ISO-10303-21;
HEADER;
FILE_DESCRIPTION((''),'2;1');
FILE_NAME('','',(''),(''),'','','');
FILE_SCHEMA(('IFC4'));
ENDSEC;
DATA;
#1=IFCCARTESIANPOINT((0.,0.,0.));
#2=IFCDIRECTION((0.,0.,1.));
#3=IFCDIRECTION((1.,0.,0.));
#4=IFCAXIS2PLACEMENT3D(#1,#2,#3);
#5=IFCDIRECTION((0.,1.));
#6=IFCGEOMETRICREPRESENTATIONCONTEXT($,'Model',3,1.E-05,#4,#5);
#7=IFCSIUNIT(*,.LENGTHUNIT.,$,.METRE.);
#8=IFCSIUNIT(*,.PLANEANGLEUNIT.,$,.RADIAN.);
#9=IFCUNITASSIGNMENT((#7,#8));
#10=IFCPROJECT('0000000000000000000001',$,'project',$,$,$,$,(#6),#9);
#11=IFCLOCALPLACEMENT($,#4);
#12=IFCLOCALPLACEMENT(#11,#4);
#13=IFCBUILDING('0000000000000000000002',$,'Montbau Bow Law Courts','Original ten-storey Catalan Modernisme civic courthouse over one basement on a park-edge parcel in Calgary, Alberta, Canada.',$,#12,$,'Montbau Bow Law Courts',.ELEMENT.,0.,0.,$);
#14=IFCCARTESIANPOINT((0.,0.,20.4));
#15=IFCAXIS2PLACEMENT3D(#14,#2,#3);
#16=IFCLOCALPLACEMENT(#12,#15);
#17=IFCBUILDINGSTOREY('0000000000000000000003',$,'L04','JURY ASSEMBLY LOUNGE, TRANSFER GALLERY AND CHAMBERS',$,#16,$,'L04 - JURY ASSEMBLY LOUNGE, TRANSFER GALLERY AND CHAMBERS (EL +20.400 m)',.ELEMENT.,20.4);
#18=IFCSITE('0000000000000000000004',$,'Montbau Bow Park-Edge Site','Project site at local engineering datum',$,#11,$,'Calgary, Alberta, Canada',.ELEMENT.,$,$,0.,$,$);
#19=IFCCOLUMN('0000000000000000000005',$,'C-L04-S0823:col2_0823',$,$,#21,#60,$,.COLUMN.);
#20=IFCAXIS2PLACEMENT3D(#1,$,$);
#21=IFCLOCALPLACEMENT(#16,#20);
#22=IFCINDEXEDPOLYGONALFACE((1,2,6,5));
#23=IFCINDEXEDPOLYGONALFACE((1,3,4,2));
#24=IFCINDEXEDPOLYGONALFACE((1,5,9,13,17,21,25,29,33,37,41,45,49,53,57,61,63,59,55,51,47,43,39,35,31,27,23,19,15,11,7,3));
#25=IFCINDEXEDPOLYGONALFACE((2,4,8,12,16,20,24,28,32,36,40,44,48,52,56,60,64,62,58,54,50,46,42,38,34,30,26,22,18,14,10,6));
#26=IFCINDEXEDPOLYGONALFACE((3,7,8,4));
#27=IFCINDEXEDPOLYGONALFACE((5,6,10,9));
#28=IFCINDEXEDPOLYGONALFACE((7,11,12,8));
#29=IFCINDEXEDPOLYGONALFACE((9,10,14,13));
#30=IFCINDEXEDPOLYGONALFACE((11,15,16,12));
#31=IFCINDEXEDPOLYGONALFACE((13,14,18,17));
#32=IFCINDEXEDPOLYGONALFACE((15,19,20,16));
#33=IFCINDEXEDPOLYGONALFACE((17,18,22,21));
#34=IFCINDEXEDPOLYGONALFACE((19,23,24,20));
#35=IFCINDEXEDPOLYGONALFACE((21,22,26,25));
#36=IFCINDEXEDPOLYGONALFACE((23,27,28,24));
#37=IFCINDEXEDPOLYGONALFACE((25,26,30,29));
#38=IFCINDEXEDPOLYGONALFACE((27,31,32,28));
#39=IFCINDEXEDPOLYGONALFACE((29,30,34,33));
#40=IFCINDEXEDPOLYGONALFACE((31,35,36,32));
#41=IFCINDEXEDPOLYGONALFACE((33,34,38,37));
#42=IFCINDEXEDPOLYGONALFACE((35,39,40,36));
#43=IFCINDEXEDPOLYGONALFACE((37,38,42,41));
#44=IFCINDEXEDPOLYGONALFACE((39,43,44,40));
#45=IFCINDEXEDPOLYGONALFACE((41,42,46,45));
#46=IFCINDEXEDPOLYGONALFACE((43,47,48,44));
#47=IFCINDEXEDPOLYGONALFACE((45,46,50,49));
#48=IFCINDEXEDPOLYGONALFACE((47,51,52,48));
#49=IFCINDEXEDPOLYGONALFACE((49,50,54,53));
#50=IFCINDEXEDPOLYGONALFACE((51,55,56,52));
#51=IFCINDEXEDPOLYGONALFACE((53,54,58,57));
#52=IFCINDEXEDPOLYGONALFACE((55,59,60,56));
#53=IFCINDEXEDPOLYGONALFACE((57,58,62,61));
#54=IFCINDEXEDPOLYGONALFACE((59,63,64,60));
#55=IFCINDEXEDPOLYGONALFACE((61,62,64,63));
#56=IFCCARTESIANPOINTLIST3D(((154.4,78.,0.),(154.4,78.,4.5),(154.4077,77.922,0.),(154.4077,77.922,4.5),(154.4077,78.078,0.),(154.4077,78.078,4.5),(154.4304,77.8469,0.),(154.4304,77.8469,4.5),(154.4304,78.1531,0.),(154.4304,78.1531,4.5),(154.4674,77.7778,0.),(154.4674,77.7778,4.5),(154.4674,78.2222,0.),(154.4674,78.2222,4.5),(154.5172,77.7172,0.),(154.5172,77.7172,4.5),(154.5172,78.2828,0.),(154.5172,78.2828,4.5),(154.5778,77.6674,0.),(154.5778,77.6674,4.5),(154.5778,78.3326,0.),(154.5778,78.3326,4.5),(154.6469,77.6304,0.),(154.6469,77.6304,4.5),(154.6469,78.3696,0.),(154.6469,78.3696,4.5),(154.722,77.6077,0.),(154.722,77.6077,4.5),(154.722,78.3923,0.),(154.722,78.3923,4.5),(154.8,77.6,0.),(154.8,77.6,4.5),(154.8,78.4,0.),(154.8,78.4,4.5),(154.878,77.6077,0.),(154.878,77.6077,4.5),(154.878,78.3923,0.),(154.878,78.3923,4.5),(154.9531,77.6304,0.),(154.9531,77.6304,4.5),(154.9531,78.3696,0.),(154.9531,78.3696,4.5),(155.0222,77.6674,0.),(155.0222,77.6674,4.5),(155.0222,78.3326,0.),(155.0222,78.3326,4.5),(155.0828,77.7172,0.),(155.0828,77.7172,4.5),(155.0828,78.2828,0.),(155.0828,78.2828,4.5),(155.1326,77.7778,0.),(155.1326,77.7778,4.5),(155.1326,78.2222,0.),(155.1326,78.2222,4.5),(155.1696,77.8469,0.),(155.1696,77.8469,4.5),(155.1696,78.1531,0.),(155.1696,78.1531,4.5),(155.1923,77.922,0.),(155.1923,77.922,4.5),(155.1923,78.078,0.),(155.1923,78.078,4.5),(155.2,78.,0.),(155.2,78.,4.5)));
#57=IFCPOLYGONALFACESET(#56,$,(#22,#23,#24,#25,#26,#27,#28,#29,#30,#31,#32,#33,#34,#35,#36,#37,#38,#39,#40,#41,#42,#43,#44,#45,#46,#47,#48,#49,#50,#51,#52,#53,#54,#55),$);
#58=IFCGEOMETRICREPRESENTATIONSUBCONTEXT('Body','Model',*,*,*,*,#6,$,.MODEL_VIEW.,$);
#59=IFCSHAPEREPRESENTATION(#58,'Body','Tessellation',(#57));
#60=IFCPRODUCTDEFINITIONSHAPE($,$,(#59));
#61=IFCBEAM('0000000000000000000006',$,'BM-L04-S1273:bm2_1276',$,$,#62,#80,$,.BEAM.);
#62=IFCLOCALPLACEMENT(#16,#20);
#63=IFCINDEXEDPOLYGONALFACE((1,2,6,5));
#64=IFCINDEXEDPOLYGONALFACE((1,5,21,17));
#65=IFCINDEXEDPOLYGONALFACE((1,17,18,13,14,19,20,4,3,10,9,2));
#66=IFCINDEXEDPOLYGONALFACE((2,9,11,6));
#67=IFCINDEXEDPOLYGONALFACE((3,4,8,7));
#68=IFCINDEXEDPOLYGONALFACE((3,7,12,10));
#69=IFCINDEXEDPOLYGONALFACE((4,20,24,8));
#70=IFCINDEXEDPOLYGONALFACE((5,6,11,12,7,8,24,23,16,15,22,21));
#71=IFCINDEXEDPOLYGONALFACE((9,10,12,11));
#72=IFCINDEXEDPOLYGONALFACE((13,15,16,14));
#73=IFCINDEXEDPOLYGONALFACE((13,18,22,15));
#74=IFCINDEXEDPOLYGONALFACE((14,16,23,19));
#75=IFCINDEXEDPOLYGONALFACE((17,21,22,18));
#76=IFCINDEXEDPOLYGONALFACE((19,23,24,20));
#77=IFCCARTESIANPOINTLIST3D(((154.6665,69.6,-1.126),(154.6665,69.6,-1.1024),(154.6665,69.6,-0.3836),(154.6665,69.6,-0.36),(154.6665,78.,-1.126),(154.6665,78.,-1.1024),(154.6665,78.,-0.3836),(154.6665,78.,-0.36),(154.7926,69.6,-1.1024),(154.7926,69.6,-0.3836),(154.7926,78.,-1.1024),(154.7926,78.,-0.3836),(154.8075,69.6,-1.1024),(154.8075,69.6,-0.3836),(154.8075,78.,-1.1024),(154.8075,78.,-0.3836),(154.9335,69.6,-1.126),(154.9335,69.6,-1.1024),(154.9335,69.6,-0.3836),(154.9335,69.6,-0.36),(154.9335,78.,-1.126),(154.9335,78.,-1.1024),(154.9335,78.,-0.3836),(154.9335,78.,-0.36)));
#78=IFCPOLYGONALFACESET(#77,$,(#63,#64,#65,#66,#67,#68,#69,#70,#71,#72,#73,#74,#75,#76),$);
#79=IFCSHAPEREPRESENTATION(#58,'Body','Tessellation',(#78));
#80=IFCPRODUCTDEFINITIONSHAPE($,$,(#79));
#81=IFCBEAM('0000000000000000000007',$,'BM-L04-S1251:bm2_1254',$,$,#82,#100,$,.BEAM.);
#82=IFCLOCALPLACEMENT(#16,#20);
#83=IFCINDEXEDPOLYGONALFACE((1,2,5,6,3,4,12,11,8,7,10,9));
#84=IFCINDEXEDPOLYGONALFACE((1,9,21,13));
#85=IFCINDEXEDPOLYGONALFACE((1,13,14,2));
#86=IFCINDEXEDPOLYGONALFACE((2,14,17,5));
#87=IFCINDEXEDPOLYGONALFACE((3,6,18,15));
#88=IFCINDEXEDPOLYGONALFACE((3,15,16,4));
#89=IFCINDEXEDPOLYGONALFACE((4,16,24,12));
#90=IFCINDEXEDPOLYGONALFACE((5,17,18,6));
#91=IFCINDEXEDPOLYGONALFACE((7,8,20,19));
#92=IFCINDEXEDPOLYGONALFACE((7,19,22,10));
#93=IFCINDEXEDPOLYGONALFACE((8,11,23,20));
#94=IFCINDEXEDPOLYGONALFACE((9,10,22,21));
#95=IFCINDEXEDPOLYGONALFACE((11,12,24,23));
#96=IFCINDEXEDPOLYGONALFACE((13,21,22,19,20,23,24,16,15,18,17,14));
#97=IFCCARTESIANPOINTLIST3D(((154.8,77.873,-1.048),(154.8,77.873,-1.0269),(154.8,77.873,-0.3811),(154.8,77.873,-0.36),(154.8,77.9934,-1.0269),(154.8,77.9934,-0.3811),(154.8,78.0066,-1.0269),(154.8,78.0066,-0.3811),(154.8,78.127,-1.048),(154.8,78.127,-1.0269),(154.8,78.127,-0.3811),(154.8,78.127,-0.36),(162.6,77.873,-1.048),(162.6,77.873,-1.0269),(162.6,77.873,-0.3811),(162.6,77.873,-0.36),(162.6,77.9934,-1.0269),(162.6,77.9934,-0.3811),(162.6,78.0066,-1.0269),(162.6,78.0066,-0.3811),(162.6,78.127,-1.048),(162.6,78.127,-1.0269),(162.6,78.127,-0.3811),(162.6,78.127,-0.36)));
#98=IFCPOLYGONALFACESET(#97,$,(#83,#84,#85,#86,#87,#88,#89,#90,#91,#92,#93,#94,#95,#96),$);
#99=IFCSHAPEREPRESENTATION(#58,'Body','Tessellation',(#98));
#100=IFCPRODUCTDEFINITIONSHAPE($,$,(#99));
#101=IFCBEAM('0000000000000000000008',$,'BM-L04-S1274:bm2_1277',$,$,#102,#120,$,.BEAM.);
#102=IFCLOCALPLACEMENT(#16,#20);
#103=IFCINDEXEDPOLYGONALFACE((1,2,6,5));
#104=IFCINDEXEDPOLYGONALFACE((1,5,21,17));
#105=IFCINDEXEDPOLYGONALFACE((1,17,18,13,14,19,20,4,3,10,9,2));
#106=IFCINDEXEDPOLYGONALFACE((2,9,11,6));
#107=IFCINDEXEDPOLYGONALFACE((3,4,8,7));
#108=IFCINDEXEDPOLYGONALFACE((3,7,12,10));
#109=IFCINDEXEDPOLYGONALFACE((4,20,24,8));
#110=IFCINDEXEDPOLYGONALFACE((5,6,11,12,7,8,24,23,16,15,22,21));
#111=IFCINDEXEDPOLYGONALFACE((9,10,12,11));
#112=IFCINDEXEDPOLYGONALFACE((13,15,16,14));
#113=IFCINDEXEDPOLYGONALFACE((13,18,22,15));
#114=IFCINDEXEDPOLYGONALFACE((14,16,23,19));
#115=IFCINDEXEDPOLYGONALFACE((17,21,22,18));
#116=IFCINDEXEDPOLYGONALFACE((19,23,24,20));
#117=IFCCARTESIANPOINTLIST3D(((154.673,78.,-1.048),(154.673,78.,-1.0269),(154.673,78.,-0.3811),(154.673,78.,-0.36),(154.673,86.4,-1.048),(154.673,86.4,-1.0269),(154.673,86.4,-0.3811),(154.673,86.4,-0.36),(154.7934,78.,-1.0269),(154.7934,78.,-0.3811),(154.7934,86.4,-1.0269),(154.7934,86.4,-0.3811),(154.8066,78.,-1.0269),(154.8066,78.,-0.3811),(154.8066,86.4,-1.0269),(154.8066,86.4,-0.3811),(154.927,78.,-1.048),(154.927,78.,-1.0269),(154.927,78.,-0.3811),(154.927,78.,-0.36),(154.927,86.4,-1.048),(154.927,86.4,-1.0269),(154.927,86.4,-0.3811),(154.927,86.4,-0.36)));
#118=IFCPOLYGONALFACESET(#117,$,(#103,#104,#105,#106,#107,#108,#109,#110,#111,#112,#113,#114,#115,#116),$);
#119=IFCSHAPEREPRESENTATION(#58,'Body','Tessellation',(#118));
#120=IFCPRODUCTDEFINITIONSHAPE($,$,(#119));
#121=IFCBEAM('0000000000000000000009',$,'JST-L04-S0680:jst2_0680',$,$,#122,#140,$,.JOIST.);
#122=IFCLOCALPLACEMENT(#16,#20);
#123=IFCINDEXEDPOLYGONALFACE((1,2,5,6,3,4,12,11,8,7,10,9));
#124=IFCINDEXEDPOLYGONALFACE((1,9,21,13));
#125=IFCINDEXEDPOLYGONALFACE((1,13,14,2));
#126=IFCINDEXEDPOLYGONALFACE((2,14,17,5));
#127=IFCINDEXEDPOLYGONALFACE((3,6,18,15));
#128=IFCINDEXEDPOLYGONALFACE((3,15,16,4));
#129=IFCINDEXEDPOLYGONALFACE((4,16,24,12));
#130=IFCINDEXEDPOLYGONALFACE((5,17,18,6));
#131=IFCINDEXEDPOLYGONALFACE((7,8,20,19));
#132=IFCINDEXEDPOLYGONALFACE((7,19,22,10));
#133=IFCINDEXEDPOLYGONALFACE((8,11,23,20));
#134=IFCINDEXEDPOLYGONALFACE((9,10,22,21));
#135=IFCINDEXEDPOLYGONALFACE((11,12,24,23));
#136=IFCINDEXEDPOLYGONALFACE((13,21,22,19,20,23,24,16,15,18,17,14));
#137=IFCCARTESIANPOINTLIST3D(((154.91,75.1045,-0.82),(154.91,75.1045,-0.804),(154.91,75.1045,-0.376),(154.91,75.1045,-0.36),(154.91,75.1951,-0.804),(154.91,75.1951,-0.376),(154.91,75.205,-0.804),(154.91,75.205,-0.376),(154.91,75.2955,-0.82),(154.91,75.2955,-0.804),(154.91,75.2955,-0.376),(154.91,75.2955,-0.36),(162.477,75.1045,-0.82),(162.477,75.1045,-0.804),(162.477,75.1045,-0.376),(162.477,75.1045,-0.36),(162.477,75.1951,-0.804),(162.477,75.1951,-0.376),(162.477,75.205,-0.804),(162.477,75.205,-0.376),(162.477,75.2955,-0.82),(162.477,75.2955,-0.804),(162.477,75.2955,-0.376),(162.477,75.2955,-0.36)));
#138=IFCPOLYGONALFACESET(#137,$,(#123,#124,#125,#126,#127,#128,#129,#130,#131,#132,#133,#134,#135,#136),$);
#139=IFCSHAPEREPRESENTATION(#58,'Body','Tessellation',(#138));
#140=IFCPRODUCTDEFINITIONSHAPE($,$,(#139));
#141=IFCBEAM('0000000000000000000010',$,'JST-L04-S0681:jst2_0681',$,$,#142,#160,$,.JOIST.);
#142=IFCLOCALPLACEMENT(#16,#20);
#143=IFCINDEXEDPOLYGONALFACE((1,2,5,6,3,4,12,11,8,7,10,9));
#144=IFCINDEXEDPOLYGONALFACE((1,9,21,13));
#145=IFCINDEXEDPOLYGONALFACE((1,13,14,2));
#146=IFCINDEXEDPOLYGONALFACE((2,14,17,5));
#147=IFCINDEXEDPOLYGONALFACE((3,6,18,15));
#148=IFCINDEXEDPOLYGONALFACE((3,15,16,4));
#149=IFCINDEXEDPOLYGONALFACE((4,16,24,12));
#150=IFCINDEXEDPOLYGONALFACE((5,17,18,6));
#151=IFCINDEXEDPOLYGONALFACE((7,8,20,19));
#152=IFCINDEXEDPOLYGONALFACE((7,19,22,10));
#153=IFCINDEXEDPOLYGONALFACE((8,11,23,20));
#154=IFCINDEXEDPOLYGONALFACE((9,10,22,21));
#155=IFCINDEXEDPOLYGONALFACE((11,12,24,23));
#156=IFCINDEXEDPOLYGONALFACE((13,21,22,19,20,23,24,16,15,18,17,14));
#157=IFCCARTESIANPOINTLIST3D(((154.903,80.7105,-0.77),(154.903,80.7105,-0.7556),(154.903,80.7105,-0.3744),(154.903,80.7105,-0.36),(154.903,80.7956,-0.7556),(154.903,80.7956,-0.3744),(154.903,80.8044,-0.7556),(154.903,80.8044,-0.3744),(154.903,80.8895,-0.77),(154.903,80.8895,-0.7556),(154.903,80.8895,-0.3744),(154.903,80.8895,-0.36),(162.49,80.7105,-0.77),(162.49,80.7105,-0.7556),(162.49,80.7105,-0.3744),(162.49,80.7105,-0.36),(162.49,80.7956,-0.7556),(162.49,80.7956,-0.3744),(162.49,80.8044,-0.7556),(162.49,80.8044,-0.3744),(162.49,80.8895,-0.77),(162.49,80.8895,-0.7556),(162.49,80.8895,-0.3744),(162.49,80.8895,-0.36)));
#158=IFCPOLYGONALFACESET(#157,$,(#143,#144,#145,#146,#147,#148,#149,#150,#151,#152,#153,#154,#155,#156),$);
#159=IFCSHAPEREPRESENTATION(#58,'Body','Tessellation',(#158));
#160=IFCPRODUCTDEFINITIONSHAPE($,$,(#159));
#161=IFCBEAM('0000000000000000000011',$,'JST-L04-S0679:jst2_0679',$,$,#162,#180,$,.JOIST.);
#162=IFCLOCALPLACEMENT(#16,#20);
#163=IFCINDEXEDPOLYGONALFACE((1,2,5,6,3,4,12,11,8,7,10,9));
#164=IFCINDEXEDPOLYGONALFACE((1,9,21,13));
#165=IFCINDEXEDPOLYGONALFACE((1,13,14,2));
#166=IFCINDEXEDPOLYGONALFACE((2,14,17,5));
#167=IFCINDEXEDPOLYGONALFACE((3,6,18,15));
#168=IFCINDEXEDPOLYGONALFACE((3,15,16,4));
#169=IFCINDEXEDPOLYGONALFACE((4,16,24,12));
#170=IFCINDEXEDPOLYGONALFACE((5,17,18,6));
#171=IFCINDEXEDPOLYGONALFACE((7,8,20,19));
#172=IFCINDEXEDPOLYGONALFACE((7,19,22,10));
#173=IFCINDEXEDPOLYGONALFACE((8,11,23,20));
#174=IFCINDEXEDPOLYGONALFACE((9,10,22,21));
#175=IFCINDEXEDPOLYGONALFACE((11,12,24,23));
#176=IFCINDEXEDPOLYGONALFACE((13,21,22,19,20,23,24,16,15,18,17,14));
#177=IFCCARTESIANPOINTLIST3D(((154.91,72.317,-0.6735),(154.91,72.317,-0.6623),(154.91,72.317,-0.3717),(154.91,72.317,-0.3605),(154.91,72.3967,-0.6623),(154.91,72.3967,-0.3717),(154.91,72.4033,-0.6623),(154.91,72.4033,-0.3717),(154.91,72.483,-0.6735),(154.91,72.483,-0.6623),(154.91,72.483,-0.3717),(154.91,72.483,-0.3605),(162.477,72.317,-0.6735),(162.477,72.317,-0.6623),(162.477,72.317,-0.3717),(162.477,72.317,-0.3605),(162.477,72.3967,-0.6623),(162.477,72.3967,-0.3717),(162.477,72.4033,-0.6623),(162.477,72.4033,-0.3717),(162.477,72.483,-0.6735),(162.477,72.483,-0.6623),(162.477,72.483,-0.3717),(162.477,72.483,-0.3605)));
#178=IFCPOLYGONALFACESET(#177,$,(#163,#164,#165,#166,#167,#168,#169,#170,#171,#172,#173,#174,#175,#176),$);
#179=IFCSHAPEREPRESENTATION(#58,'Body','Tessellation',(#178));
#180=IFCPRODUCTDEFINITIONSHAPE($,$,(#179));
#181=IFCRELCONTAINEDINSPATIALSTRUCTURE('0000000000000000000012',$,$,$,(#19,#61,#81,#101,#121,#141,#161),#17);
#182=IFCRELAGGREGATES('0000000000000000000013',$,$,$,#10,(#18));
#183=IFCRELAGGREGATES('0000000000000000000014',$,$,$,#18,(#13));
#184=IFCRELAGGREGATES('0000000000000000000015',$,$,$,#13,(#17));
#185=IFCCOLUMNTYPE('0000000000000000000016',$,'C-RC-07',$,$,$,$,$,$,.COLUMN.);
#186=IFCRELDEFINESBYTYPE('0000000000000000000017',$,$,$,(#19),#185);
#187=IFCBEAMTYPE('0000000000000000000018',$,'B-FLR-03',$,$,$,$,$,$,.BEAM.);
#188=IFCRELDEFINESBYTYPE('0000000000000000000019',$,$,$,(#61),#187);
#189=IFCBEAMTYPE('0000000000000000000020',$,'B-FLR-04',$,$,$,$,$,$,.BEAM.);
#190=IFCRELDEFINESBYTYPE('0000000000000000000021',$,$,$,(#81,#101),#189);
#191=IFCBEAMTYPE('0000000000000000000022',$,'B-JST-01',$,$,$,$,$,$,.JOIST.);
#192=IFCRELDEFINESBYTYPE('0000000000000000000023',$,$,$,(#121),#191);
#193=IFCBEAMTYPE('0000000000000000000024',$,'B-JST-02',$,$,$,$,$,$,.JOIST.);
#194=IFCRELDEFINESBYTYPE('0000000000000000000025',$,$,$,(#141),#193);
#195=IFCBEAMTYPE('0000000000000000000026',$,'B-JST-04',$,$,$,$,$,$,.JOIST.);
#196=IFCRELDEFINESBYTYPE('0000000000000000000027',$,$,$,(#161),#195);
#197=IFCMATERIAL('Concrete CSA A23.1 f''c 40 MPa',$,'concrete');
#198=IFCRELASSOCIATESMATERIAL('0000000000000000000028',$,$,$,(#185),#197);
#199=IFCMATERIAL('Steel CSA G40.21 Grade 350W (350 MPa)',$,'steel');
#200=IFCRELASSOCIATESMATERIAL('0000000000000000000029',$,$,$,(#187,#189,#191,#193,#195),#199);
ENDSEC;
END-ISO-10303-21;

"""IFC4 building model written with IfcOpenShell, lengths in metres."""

from ifc_helpers import new_model, si_unit, direction, frame, origin_with_axes, origin_2d_with_axis, place, context, subcontext, project, spatial, circle, i_section, extrude, material, material_profile, profile_set, type_object, element, save


model = new_model("IFC4")

# Units and contexts
model_context = context("Model", 3, precision=1e-05, world=origin_with_axes(), true_north=direction((0.0, 1.0)))
body_context = subcontext(model_context, "Body", "Model", "MODEL_VIEW")
ifc_project = project(units=[si_unit("LENGTHUNIT", "METRE"), si_unit("PLANEANGLEUNIT", "RADIAN")], contexts=[model_context])

# Site, building, storey
site_placement = place(None, origin_with_axes())
site = spatial("IfcSite", under=ifc_project, at=site_placement, Name="Montbau Bow Park-Edge Site", Description="Project site at local engineering datum", LongName="Calgary, Alberta, Canada", CompositionType="ELEMENT", RefElevation=0.0)
building_placement = place(site_placement, origin_with_axes())
building = spatial("IfcBuilding", under=site, at=building_placement, Name="Montbau Bow Law Courts", Description="Original ten-storey Catalan Modernisme civic courthouse over one basement on a park-edge parcel in Calgary, Alberta, Canada.", LongName="Montbau Bow Law Courts", CompositionType="ELEMENT", ElevationOfRefHeight=0.0, ElevationOfTerrain=0.0)
storey_placement = place(building_placement, frame((0.0, 0.0, 20.4), z_axis=(0.0, 0.0, 1.0), x_axis=(1.0, 0.0, 0.0)))
storey = spatial("IfcBuildingStorey", under=building, at=storey_placement, Name="L04", Description="JURY ASSEMBLY LOUNGE, TRANSFER GALLERY AND CHAMBERS", LongName="L04 - JURY ASSEMBLY LOUNGE, TRANSFER GALLERY AND CHAMBERS (EL +20.400 m)", CompositionType="ELEMENT", Elevation=20.4)

# Column
ifc_material_1 = material(Name="Concrete CSA A23.1 f'c 40 MPa", Category="concrete")
ifc_material_profile_1 = material_profile(ifc_material_1, circle(Radius=0.4, at=origin_2d_with_axis()), Name="RC800D", Category="Main", Priority=0)
ifc_profile_set_1 = profile_set([ifc_material_profile_1], Name="Concrete CSA A23.1 f'c 40 MPa")
column_type = type_object("IfcColumnType", Name="C-RC-07", PredefinedType="COLUMN", material=ifc_profile_set_1)
column_placement = place(None, frame((154.8, 78.0, 20.4), z_axis=(0.0, 0.0, 1.0), x_axis=(1.0, 0.0, 0.0)))
element("IfcColumn", 1, at=column_placement, inside=storey, type_object=column_type, Name="C-L04-S0823:col2_0823", PredefinedType="COLUMN", context=body_context, shape_type="SweptSolid", body=[
    extrude(circle(Radius=0.4, at=origin_2d_with_axis()), origin_with_axes(), (0.0, 0.0, 1.0), 4.5),
])

# Beams
ifc_material_2 = material(Name="Steel CSA G40.21 Grade 350W (350 MPa)", Category="steel")
ifc_material_profile_2 = material_profile(ifc_material_2, i_section(OverallWidth=0.267, OverallDepth=0.766, WebThickness=0.0149, FlangeThickness=0.0236, at=origin_2d_with_axis()), Name="W760X185", Category="Main", Priority=0)
ifc_profile_set_2 = profile_set([ifc_material_profile_2], Name="Steel CSA G40.21 Grade 350W (350 MPa)")
beam_type_1 = type_object("IfcBeamType", Name="B-FLR-03", PredefinedType="BEAM", material=ifc_profile_set_2)
beam_1_placement = place(None, frame((154.8, 69.6, 19.657), z_axis=(0.0, 1.0, 0.0), x_axis=(-1.0, 0.0, 0.0)))
element("IfcBeam", 2, at=beam_1_placement, inside=storey, type_object=beam_type_1, Name="BM-L04-S1273:bm2_1276", PredefinedType="BEAM", context=body_context, shape_type="SweptSolid", body=[
    extrude(i_section(OverallWidth=0.267, OverallDepth=0.766, WebThickness=0.0149, FlangeThickness=0.0236, at=origin_2d_with_axis()), origin_with_axes(), (0.0, 0.0, 1.0), 8.4),
])
ifc_material_profile_3 = material_profile(ifc_material_2, i_section(OverallWidth=0.254, OverallDepth=0.688, WebThickness=0.0131, FlangeThickness=0.0211, at=origin_2d_with_axis()), Name="W690X152", Category="Main", Priority=0)
ifc_profile_set_3 = profile_set([ifc_material_profile_3], Name="Steel CSA G40.21 Grade 350W (350 MPa)")
beam_type_2 = type_object("IfcBeamType", Name="B-FLR-04", PredefinedType="BEAM", material=ifc_profile_set_3)
beam_2_placement = place(None, frame((154.8, 78.0, 19.696), z_axis=(1.0, 0.0, 0.0), x_axis=(0.0, 1.0, 0.0)))
element("IfcBeam", 3, at=beam_2_placement, inside=storey, type_object=beam_type_2, Name="BM-L04-S1251:bm2_1254", PredefinedType="BEAM", context=body_context, shape_type="SweptSolid", body=[
    extrude(i_section(OverallWidth=0.254, OverallDepth=0.688, WebThickness=0.0131, FlangeThickness=0.0211, at=origin_2d_with_axis()), origin_with_axes(), (0.0, 0.0, 1.0), 7.8),
])
beam_3_placement = place(None, frame((154.8, 78.0, 19.696), z_axis=(0.0, 1.0, 0.0), x_axis=(-1.0, 0.0, 0.0)))
element("IfcBeam", 4, at=beam_3_placement, inside=storey, type_object=beam_type_2, Name="BM-L04-S1274:bm2_1277", PredefinedType="BEAM", context=body_context, shape_type="SweptSolid", body=[
    extrude(i_section(OverallWidth=0.254, OverallDepth=0.688, WebThickness=0.0131, FlangeThickness=0.0211, at=origin_2d_with_axis()), origin_with_axes(), (0.0, 0.0, 1.0), 8.4),
])
ifc_material_profile_4 = material_profile(ifc_material_2, i_section(OverallWidth=0.191, OverallDepth=0.46, WebThickness=0.0099, FlangeThickness=0.016, at=origin_2d_with_axis()), Name="W460X82", Category="Main", Priority=0)
ifc_profile_set_4 = profile_set([ifc_material_profile_4], Name="Steel CSA G40.21 Grade 350W (350 MPa)")
beam_type_3 = type_object("IfcBeamType", Name="B-JST-01", PredefinedType="JOIST", material=ifc_profile_set_4)
beam_4_placement = place(None, frame((154.91, 75.2, 19.81), z_axis=(1.0, 0.0, 0.0), x_axis=(0.0, 1.0, 0.0)))
element("IfcBeam", 5, at=beam_4_placement, inside=storey, type_object=beam_type_3, Name="JST-L04-S0680:jst2_0680", PredefinedType="JOIST", context=body_context, shape_type="SweptSolid", body=[
    extrude(i_section(OverallWidth=0.191, OverallDepth=0.46, WebThickness=0.0099, FlangeThickness=0.016, at=origin_2d_with_axis()), origin_with_axes(), (0.0, 0.0, 1.0), 7.567),
])
ifc_material_profile_5 = material_profile(ifc_material_2, i_section(OverallWidth=0.179, OverallDepth=0.41, WebThickness=0.0088, FlangeThickness=0.0144, at=origin_2d_with_axis()), Name="W410X67", Category="Main", Priority=0)
ifc_profile_set_5 = profile_set([ifc_material_profile_5], Name="Steel CSA G40.21 Grade 350W (350 MPa)")
beam_type_4 = type_object("IfcBeamType", Name="B-JST-02", PredefinedType="JOIST", material=ifc_profile_set_5)
beam_5_placement = place(None, frame((154.903, 80.8, 19.835), z_axis=(1.0, 0.0, 0.0), x_axis=(0.0, 1.0, 0.0)))
element("IfcBeam", 6, at=beam_5_placement, inside=storey, type_object=beam_type_4, Name="JST-L04-S0681:jst2_0681", PredefinedType="JOIST", context=body_context, shape_type="SweptSolid", body=[
    extrude(i_section(OverallWidth=0.179, OverallDepth=0.41, WebThickness=0.0088, FlangeThickness=0.0144, at=origin_2d_with_axis()), origin_with_axes(), (0.0, 0.0, 1.0), 7.587),
])
ifc_material_profile_6 = material_profile(ifc_material_2, i_section(OverallWidth=0.166, OverallDepth=0.313, WebThickness=0.0066, FlangeThickness=0.0112, at=origin_2d_with_axis()), Name="W310X45", Category="Main", Priority=0)
ifc_profile_set_6 = profile_set([ifc_material_profile_6], Name="Steel CSA G40.21 Grade 350W (350 MPa)")
beam_type_5 = type_object("IfcBeamType", Name="B-JST-04", PredefinedType="JOIST", material=ifc_profile_set_6)
beam_6_placement = place(None, frame((154.91, 72.4, 19.883), z_axis=(1.0, 0.0, 0.0), x_axis=(0.0, 1.0, 0.0)))
element("IfcBeam", 7, at=beam_6_placement, inside=storey, type_object=beam_type_5, Name="JST-L04-S0679:jst2_0679", PredefinedType="JOIST", context=body_context, shape_type="SweptSolid", body=[
    extrude(i_section(OverallWidth=0.166, OverallDepth=0.313, WebThickness=0.0066, FlangeThickness=0.0112, at=origin_2d_with_axis()), origin_with_axes(), (0.0, 0.0, 1.0), 7.567),
])

save(model, "model.ifc")
